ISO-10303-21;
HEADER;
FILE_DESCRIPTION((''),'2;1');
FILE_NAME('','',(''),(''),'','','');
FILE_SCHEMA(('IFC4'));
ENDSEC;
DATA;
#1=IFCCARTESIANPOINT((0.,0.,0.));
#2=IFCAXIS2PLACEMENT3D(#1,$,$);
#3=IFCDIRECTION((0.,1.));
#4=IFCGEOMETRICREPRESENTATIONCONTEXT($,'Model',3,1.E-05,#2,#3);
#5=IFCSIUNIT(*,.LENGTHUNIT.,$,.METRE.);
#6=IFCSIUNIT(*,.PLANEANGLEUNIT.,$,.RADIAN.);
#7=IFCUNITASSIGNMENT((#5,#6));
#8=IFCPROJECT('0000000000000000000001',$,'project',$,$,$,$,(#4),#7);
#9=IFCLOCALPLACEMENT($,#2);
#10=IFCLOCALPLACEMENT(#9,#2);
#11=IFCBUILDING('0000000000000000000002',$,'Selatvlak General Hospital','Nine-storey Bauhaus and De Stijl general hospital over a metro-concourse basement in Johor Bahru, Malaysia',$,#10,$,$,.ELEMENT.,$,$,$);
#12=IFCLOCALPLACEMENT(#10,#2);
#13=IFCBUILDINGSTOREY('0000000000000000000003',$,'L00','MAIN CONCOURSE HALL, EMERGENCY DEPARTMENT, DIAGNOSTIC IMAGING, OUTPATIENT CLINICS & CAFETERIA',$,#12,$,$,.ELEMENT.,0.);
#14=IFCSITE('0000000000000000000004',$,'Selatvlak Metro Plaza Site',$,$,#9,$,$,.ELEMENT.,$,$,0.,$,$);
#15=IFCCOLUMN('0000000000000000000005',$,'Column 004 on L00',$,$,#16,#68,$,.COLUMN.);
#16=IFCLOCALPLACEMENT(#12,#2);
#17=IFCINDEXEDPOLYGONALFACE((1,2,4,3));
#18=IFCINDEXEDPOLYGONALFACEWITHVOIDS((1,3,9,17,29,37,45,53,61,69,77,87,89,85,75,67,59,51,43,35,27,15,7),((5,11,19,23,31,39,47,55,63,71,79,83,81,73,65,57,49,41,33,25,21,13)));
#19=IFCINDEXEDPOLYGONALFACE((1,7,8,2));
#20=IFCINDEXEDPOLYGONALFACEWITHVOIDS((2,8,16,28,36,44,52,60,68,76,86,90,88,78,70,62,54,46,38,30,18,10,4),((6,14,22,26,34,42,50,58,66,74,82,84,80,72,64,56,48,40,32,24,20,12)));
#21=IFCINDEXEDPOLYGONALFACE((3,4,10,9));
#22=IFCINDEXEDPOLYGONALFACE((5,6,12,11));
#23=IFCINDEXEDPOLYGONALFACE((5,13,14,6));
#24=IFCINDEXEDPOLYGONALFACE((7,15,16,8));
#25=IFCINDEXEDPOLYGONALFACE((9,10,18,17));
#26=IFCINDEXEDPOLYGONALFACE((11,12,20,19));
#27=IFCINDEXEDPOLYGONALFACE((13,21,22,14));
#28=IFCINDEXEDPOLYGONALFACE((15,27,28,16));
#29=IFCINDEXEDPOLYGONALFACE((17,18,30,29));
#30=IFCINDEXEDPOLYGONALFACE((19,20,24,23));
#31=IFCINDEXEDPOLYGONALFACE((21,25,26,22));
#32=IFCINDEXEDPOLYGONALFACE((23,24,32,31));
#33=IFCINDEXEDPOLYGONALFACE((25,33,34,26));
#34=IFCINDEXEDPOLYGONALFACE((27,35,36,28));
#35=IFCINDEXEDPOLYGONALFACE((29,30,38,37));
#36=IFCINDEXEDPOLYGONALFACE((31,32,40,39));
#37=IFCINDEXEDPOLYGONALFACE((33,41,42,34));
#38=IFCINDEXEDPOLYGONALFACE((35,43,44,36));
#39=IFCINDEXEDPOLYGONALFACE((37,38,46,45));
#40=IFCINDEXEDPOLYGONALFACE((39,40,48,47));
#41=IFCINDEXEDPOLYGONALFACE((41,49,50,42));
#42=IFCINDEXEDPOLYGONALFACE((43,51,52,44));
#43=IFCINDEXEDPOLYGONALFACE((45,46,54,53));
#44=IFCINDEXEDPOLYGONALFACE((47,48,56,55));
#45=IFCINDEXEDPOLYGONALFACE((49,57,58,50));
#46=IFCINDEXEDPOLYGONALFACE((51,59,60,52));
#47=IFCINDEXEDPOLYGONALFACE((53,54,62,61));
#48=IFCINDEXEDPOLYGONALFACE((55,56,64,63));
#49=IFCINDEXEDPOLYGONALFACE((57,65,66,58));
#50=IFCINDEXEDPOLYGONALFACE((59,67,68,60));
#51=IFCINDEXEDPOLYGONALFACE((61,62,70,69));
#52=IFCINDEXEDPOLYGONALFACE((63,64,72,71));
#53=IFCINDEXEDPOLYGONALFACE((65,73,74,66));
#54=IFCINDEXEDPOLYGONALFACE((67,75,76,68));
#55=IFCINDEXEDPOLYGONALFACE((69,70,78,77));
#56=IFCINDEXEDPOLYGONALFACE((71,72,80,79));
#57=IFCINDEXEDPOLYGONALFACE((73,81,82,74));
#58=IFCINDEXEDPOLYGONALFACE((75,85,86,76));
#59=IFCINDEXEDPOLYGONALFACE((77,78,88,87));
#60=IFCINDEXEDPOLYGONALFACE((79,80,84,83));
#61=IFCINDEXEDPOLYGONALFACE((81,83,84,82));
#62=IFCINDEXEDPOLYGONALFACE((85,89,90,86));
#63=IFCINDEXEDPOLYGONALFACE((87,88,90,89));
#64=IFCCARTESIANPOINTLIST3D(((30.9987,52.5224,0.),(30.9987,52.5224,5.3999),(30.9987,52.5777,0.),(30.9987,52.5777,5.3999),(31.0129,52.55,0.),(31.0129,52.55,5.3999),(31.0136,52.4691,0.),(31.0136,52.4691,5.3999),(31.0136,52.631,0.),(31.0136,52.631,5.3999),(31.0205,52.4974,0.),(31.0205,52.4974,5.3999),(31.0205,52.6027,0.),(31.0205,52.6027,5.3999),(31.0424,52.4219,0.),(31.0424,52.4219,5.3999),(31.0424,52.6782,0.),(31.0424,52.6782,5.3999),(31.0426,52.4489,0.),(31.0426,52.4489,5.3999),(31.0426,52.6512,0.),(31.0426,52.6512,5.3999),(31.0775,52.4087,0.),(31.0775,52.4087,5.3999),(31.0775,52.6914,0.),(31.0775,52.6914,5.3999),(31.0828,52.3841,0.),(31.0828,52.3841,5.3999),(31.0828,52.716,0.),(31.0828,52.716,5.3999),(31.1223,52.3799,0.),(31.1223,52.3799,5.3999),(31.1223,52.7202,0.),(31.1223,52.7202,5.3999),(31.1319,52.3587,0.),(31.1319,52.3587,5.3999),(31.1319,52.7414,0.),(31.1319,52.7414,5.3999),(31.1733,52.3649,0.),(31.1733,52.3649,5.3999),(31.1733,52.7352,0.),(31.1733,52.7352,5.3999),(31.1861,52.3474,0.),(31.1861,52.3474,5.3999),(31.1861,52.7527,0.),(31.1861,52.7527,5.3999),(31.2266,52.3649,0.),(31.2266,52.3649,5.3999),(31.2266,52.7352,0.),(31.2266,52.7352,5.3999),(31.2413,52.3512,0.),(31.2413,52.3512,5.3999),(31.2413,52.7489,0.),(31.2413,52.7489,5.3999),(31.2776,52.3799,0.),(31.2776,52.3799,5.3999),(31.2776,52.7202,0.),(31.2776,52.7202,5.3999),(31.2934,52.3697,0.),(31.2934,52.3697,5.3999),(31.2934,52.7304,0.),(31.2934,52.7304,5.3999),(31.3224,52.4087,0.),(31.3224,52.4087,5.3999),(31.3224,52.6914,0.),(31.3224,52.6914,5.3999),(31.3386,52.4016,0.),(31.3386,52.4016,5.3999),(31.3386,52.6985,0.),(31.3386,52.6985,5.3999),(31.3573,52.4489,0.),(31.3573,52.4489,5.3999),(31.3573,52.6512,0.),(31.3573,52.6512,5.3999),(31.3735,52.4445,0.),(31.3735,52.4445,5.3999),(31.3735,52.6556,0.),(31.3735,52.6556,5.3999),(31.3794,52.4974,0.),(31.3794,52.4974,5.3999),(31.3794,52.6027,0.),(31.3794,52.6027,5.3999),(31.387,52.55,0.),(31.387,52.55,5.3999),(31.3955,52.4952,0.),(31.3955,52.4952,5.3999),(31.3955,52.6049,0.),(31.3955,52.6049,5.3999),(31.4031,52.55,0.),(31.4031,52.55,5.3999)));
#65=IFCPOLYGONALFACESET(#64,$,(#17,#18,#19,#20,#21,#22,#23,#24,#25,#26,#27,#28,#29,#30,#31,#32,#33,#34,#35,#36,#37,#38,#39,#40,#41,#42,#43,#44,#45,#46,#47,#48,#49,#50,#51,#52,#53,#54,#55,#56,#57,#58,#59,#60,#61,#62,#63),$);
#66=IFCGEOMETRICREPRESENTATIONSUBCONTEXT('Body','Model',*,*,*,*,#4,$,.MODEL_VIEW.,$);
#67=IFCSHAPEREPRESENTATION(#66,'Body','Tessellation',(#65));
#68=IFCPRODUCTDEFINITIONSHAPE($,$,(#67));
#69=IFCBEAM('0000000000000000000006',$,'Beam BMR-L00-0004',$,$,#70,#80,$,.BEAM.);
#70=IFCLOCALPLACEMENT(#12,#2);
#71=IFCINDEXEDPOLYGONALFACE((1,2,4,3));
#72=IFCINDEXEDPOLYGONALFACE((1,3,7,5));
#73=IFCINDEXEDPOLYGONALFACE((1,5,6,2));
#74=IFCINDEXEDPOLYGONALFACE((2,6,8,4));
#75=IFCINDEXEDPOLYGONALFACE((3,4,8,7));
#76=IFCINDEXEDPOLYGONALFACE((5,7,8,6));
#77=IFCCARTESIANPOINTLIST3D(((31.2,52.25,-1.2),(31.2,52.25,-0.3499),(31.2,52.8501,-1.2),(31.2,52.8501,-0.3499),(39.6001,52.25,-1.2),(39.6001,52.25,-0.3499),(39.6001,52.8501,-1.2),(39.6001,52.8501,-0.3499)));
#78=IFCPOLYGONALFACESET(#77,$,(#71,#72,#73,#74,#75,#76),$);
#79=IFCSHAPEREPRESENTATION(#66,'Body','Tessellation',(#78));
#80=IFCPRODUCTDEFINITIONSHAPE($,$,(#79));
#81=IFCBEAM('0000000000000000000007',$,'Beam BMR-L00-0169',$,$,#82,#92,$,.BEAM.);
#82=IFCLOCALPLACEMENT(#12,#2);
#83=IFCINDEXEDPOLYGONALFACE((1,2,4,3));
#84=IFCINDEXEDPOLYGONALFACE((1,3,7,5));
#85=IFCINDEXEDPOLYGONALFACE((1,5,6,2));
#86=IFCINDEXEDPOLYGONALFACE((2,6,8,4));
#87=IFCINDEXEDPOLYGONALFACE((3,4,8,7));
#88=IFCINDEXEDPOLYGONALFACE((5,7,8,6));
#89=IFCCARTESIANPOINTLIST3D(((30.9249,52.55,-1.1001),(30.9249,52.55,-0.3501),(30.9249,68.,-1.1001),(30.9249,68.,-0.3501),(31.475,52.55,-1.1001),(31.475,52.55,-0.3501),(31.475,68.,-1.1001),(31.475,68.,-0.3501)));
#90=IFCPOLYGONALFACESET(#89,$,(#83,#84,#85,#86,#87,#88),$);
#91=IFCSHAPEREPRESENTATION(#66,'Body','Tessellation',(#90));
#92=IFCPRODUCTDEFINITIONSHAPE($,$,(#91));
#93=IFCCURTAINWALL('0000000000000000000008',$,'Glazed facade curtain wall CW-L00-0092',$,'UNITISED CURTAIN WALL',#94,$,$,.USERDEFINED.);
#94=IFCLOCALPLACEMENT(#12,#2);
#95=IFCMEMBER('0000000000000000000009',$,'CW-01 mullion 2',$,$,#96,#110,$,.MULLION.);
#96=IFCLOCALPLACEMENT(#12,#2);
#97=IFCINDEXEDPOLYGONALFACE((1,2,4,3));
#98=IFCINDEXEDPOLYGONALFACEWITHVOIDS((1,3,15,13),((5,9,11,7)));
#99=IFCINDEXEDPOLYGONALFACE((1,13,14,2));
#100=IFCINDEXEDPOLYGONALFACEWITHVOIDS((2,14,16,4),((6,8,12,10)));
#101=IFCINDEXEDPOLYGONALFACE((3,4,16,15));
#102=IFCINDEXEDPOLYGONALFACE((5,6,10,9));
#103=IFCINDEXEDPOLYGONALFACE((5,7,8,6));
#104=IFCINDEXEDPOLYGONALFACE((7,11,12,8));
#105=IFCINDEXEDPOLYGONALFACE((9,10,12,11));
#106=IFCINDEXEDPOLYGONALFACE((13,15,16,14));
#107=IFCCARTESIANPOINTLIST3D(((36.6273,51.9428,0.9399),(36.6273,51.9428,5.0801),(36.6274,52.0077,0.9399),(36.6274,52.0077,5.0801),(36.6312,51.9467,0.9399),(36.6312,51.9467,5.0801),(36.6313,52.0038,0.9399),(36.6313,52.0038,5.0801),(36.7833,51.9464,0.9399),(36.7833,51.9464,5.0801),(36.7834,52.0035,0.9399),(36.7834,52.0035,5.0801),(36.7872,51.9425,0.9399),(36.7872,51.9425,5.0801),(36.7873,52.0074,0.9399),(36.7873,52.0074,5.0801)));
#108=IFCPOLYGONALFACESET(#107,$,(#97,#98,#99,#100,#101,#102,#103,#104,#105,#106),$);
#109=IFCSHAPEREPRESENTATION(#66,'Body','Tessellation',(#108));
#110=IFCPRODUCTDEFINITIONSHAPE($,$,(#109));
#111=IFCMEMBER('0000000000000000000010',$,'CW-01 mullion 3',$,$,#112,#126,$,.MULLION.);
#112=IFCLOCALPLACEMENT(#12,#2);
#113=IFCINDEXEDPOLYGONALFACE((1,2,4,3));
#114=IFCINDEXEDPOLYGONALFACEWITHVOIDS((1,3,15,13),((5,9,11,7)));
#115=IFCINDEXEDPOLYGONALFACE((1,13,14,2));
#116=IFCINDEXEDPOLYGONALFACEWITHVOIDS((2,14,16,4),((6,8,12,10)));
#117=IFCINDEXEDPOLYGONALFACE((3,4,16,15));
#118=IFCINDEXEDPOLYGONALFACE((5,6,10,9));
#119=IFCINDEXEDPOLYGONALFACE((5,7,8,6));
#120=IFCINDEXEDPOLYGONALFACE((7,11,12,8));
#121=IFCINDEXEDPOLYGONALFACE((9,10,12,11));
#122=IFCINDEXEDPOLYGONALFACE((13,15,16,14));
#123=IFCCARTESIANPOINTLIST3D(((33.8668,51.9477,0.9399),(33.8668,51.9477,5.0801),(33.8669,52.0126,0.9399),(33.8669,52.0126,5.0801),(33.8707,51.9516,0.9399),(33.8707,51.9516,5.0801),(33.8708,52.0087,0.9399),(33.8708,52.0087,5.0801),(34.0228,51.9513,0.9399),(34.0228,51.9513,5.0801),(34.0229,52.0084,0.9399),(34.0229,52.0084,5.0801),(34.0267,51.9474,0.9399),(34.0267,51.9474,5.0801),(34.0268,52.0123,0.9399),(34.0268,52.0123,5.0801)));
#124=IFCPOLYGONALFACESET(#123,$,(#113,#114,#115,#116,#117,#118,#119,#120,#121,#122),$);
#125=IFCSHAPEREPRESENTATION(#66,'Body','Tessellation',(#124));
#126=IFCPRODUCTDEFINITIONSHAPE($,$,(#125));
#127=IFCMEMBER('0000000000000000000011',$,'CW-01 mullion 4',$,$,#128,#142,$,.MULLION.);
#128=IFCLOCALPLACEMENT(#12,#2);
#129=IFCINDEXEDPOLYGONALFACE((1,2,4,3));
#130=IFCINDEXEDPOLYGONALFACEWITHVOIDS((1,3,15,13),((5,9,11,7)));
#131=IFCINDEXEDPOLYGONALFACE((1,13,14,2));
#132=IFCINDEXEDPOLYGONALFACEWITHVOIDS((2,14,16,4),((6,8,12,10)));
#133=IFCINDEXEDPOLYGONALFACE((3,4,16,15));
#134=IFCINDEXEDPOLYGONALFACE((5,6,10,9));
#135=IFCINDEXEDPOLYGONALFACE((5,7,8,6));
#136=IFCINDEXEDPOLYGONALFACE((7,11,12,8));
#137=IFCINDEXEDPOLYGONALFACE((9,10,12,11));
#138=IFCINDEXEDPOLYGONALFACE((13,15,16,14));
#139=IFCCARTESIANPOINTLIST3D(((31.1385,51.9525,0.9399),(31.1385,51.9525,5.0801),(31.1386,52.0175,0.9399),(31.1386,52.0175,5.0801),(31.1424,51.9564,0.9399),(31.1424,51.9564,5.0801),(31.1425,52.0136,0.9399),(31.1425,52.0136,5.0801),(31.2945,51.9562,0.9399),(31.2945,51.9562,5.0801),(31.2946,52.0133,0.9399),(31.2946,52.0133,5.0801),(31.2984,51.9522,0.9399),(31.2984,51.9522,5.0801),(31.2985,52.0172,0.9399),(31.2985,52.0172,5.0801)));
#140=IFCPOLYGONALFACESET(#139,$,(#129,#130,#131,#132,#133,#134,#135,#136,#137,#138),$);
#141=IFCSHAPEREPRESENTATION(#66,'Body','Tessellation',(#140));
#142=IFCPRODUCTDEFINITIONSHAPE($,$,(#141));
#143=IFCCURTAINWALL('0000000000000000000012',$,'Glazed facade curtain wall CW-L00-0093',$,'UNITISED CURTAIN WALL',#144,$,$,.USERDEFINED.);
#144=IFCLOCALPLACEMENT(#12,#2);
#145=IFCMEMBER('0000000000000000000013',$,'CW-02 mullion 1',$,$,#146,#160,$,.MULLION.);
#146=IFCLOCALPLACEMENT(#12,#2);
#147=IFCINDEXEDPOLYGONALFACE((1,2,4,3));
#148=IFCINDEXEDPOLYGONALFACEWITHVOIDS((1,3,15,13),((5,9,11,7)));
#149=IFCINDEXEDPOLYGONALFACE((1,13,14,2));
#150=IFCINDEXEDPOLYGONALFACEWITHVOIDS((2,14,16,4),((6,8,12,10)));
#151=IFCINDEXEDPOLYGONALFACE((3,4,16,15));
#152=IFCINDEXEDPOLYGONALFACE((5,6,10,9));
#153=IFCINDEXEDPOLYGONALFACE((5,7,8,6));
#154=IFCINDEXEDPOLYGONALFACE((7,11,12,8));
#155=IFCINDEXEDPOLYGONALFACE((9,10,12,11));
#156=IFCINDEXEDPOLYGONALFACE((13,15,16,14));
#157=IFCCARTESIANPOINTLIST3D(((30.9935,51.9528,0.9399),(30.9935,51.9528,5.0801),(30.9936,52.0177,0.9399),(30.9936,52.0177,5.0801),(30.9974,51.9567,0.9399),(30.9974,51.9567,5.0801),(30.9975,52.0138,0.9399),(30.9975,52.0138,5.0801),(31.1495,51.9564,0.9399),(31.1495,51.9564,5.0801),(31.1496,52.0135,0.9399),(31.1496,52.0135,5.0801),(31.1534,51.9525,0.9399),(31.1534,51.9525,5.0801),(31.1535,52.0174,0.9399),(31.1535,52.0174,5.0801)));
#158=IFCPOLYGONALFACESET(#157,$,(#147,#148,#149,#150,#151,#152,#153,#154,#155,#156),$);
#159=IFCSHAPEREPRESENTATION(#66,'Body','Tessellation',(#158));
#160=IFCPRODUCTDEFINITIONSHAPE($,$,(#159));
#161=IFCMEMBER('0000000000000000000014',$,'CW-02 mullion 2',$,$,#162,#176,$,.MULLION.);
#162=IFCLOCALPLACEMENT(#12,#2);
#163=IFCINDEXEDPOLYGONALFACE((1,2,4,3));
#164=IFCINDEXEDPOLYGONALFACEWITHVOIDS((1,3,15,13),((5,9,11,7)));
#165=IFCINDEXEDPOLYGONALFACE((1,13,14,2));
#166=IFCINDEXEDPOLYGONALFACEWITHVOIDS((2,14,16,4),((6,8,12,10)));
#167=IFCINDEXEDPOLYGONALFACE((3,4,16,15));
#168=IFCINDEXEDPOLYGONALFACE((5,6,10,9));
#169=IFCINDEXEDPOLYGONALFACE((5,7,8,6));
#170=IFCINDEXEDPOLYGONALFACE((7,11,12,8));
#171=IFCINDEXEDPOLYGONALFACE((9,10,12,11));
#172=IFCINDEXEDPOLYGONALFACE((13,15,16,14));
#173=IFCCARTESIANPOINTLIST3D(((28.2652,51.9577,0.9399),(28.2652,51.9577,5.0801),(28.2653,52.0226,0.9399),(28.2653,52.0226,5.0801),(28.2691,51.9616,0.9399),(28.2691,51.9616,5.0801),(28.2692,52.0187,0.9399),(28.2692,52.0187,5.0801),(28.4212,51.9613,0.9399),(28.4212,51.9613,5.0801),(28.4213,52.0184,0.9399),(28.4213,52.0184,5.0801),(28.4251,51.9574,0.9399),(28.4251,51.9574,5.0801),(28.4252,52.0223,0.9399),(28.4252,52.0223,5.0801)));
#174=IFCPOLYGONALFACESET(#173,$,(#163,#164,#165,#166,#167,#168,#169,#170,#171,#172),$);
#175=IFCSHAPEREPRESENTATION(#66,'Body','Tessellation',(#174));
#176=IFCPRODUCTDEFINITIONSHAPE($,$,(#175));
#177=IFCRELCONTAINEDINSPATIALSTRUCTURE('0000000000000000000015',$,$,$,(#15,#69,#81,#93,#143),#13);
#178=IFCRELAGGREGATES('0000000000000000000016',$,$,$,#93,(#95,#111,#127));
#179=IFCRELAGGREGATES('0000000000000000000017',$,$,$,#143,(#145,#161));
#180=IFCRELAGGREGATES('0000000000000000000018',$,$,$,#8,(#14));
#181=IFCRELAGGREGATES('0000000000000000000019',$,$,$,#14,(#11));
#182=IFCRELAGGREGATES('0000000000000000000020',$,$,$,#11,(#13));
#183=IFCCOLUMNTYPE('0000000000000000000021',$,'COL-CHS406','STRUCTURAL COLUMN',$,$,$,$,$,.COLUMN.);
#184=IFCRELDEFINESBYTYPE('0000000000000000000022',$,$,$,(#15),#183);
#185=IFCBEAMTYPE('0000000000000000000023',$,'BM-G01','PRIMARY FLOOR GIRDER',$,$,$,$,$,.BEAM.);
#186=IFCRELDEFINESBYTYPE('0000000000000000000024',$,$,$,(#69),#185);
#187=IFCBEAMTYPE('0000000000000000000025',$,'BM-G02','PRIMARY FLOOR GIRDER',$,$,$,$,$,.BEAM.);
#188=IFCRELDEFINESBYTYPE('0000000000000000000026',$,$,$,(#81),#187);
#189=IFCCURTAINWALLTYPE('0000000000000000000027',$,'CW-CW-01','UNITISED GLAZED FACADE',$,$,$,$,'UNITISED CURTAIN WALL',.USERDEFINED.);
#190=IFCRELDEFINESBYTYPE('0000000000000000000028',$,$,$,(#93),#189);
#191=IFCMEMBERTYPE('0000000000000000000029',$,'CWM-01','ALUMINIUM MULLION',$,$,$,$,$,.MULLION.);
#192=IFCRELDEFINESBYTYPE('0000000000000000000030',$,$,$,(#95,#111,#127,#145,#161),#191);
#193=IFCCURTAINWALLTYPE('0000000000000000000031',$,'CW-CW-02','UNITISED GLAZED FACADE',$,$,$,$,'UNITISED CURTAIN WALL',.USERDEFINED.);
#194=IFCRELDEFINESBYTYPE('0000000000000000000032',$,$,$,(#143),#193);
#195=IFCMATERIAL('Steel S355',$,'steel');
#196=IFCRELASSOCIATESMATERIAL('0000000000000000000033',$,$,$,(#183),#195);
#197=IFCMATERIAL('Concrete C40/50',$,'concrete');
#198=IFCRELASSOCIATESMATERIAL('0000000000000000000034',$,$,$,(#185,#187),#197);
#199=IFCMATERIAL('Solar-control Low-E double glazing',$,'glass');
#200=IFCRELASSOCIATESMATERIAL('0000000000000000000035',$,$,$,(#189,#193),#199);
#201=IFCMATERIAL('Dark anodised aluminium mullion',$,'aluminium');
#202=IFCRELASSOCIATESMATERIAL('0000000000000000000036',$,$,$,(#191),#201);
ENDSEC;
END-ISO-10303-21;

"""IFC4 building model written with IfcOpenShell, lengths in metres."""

from ifc_helpers import new_model, si_unit, direction, frame, origin, origin_2d, place, context, subcontext, project, spatial, rectangle, hollow_rectangle, hollow_circle, extrude, material, material_profile, profile_set, type_object, element, aggregate, save


model = new_model("IFC4")

# Units and contexts
model_context = context("Model", 3, precision=1e-05, world=origin(), true_north=direction((0.0, 1.0)))
body_context = subcontext(model_context, "Body", "Model", "MODEL_VIEW")
ifc_project = project(units=[si_unit("LENGTHUNIT", "METRE"), si_unit("PLANEANGLEUNIT", "RADIAN")], contexts=[model_context])

# Site, building, storey
site_placement = place(None, origin())
site = spatial("IfcSite", under=ifc_project, at=site_placement, Name="Selatvlak Metro Plaza Site", CompositionType="ELEMENT", RefElevation=0.0)
building_placement = place(site_placement, origin())
building = spatial("IfcBuilding", under=site, at=building_placement, Name="Selatvlak General Hospital", Description="Nine-storey Bauhaus and De Stijl general hospital over a metro-concourse basement in Johor Bahru, Malaysia", CompositionType="ELEMENT")
storey_placement = place(building_placement, origin())
storey = spatial("IfcBuildingStorey", under=building, at=storey_placement, Name="L00", Description="MAIN CONCOURSE HALL, EMERGENCY DEPARTMENT, DIAGNOSTIC IMAGING, OUTPATIENT CLINICS & CAFETERIA", CompositionType="ELEMENT", Elevation=0.0)

# Column
ifc_material_1 = material(Name="Steel S355", Category="steel")
ifc_material_profile_1 = material_profile(ifc_material_1, hollow_circle(Radius=0.2031, WallThickness=0.0161, at=origin_2d()), Name="CHS 406.4x16")
ifc_profile_set_1 = profile_set([ifc_material_profile_1], Name="Steel S355")
column_type = type_object("IfcColumnType", Name="COL-CHS406", Description="STRUCTURAL COLUMN", PredefinedType="COLUMN", material=ifc_profile_set_1)
column_placement = place(storey_placement, frame((31.2, 52.55, 0.0), z_axis=(0.0, 0.0, 1.0), x_axis=(1.0, 0.0, 0.0)))
element("IfcColumn", 1, at=column_placement, inside=storey, type_object=column_type, Name="Column 004 on L00", PredefinedType="COLUMN", context=body_context, shape_type="SweptSolid", body=[
    extrude(hollow_circle(Radius=0.2031, WallThickness=0.0161, at=origin_2d()), origin(), (0.0, 0.0, 1.0), 5.3999),
])

# Beams
ifc_material_2 = material(Name="Concrete C40/50", Category="concrete")
ifc_material_profile_2 = material_profile(ifc_material_2, rectangle(XDim=0.6001, YDim=0.8501, at=origin_2d()), Name="RC-BM 600x850")
ifc_profile_set_2 = profile_set([ifc_material_profile_2], Name="Concrete C40/50")
beam_type_1 = type_object("IfcBeamType", Name="BM-G01", Description="PRIMARY FLOOR GIRDER", PredefinedType="BEAM", material=ifc_profile_set_2)
beam_1_placement = place(storey_placement, frame((31.2, 52.55, -0.7749), z_axis=(1.0, 0.0, 0.0), x_axis=(0.0, 1.0, 0.0)))
element("IfcBeam", 2, at=beam_1_placement, inside=storey, type_object=beam_type_1, Name="Beam BMR-L00-0004", PredefinedType="BEAM", context=body_context, shape_type="SweptSolid", body=[
    extrude(rectangle(XDim=0.6001, YDim=0.8501, at=origin_2d()), origin(), (0.0, 0.0, 1.0), 8.4001),
])
ifc_material_profile_3 = material_profile(ifc_material_2, rectangle(XDim=0.55, YDim=0.75, at=origin_2d()), Name="RC-BM 550x750")
ifc_profile_set_3 = profile_set([ifc_material_profile_3], Name="Concrete C40/50")
beam_type_2 = type_object("IfcBeamType", Name="BM-G02", Description="PRIMARY FLOOR GIRDER", PredefinedType="BEAM", material=ifc_profile_set_3)
beam_2_placement = place(storey_placement, frame((31.2, 52.55, -0.7251), z_axis=(0.0, 1.0, 0.0), x_axis=(-1.0, 0.0, 0.0)))
element("IfcBeam", 3, at=beam_2_placement, inside=storey, type_object=beam_type_2, Name="Beam BMR-L00-0169", PredefinedType="BEAM", context=body_context, shape_type="SweptSolid", body=[
    extrude(rectangle(XDim=0.55, YDim=0.75, at=origin_2d()), origin(), (0.0, 0.0, 1.0), 15.45),
])

# Curtain walls, members
ifc_material_3 = material(Name="Solar-control Low-E double glazing", Category="glass")
curtain_wall_type_1 = type_object("IfcCurtainWallType", Name="CW-CW-01", Description="UNITISED GLAZED FACADE", ElementType="UNITISED CURTAIN WALL", PredefinedType="USERDEFINED", material=ifc_material_3)
curtain_wall_1_placement = place(storey_placement, origin())
curtain_wall_1 = element("IfcCurtainWall", 4, at=curtain_wall_1_placement, inside=storey, type_object=curtain_wall_type_1, Name="Glazed facade curtain wall CW-L00-0092", ObjectType="UNITISED CURTAIN WALL", PredefinedType="USERDEFINED")
ifc_material_4 = material(Name="Dark anodised aluminium mullion", Category="aluminium")
ifc_material_profile_4 = material_profile(ifc_material_4, hollow_rectangle(XDim=0.0649, YDim=0.1599, WallThickness=0.0039, at=origin_2d()), Name="AL-MUL 65x160x4")
ifc_profile_set_4 = profile_set([ifc_material_profile_4], Name="Dark anodised aluminium mullion")
member_type_1 = type_object("IfcMemberType", Name="CWM-01", Description="ALUMINIUM MULLION", PredefinedType="MULLION", material=ifc_profile_set_4)
member_1_placement = place(storey_placement, frame((36.7073, 51.9751, 0.9399), z_axis=(0.0, 0.0, 1.0), x_axis=(-0.001811, -0.999998, 0.0)))
member_1 = element("IfcMember", 5, at=member_1_placement, type_object=member_type_1, Name="CW-01 mullion 2", PredefinedType="MULLION", context=body_context, shape_type="SweptSolid", body=[
    extrude(hollow_rectangle(XDim=0.0649, YDim=0.1599, WallThickness=0.0039, at=origin_2d()), origin(), (0.0, 0.0, 1.0), 4.1401),
])
member_2_placement = place(storey_placement, frame((33.9468, 51.98, 0.9399), z_axis=(0.0, 0.0, 1.0), x_axis=(-0.001811, -0.999998, 0.0)))
member_2 = element("IfcMember", 6, at=member_2_placement, type_object=member_type_1, Name="CW-01 mullion 3", PredefinedType="MULLION", context=body_context, shape_type="SweptSolid", body=[
    extrude(hollow_rectangle(XDim=0.0649, YDim=0.1599, WallThickness=0.0039, at=origin_2d()), origin(), (0.0, 0.0, 1.0), 4.1401),
])
member_3_placement = place(storey_placement, frame((31.2185, 51.9849, 0.9399), z_axis=(0.0, 0.0, 1.0), x_axis=(-0.001811, -0.999998, 0.0)))
member_3 = element("IfcMember", 7, at=member_3_placement, type_object=member_type_1, Name="CW-01 mullion 4", PredefinedType="MULLION", context=body_context, shape_type="SweptSolid", body=[
    extrude(hollow_rectangle(XDim=0.0649, YDim=0.1599, WallThickness=0.0039, at=origin_2d()), origin(), (0.0, 0.0, 1.0), 4.1401),
])
curtain_wall_type_2 = type_object("IfcCurtainWallType", Name="CW-CW-02", Description="UNITISED GLAZED FACADE", ElementType="UNITISED CURTAIN WALL", PredefinedType="USERDEFINED", material=ifc_material_3)
curtain_wall_2_placement = place(storey_placement, origin())
curtain_wall_2 = element("IfcCurtainWall", 8, at=curtain_wall_2_placement, inside=storey, type_object=curtain_wall_type_2, Name="Glazed facade curtain wall CW-L00-0093", ObjectType="UNITISED CURTAIN WALL", PredefinedType="USERDEFINED")
member_4_placement = place(storey_placement, frame((31.0735, 51.9851, 0.9399), z_axis=(0.0, 0.0, 1.0), x_axis=(-0.001811, -0.999998, 0.0)))
member_4 = element("IfcMember", 9, at=member_4_placement, type_object=member_type_1, Name="CW-02 mullion 1", PredefinedType="MULLION", context=body_context, shape_type="SweptSolid", body=[
    extrude(hollow_rectangle(XDim=0.0649, YDim=0.1599, WallThickness=0.0039, at=origin_2d()), origin(), (0.0, 0.0, 1.0), 4.1401),
])
member_5_placement = place(storey_placement, frame((28.3452, 51.99, 0.9399), z_axis=(0.0, 0.0, 1.0), x_axis=(-0.001811, -0.999998, 0.0)))
member_5 = element("IfcMember", 10, at=member_5_placement, type_object=member_type_1, Name="CW-02 mullion 2", PredefinedType="MULLION", context=body_context, shape_type="SweptSolid", body=[
    extrude(hollow_rectangle(XDim=0.0649, YDim=0.1599, WallThickness=0.0039, at=origin_2d()), origin(), (0.0, 0.0, 1.0), 4.1401),
])

aggregate(curtain_wall_1, [member_1, member_2, member_3])
aggregate(curtain_wall_2, [member_4, member_5])

save(model, "model.ifc")
